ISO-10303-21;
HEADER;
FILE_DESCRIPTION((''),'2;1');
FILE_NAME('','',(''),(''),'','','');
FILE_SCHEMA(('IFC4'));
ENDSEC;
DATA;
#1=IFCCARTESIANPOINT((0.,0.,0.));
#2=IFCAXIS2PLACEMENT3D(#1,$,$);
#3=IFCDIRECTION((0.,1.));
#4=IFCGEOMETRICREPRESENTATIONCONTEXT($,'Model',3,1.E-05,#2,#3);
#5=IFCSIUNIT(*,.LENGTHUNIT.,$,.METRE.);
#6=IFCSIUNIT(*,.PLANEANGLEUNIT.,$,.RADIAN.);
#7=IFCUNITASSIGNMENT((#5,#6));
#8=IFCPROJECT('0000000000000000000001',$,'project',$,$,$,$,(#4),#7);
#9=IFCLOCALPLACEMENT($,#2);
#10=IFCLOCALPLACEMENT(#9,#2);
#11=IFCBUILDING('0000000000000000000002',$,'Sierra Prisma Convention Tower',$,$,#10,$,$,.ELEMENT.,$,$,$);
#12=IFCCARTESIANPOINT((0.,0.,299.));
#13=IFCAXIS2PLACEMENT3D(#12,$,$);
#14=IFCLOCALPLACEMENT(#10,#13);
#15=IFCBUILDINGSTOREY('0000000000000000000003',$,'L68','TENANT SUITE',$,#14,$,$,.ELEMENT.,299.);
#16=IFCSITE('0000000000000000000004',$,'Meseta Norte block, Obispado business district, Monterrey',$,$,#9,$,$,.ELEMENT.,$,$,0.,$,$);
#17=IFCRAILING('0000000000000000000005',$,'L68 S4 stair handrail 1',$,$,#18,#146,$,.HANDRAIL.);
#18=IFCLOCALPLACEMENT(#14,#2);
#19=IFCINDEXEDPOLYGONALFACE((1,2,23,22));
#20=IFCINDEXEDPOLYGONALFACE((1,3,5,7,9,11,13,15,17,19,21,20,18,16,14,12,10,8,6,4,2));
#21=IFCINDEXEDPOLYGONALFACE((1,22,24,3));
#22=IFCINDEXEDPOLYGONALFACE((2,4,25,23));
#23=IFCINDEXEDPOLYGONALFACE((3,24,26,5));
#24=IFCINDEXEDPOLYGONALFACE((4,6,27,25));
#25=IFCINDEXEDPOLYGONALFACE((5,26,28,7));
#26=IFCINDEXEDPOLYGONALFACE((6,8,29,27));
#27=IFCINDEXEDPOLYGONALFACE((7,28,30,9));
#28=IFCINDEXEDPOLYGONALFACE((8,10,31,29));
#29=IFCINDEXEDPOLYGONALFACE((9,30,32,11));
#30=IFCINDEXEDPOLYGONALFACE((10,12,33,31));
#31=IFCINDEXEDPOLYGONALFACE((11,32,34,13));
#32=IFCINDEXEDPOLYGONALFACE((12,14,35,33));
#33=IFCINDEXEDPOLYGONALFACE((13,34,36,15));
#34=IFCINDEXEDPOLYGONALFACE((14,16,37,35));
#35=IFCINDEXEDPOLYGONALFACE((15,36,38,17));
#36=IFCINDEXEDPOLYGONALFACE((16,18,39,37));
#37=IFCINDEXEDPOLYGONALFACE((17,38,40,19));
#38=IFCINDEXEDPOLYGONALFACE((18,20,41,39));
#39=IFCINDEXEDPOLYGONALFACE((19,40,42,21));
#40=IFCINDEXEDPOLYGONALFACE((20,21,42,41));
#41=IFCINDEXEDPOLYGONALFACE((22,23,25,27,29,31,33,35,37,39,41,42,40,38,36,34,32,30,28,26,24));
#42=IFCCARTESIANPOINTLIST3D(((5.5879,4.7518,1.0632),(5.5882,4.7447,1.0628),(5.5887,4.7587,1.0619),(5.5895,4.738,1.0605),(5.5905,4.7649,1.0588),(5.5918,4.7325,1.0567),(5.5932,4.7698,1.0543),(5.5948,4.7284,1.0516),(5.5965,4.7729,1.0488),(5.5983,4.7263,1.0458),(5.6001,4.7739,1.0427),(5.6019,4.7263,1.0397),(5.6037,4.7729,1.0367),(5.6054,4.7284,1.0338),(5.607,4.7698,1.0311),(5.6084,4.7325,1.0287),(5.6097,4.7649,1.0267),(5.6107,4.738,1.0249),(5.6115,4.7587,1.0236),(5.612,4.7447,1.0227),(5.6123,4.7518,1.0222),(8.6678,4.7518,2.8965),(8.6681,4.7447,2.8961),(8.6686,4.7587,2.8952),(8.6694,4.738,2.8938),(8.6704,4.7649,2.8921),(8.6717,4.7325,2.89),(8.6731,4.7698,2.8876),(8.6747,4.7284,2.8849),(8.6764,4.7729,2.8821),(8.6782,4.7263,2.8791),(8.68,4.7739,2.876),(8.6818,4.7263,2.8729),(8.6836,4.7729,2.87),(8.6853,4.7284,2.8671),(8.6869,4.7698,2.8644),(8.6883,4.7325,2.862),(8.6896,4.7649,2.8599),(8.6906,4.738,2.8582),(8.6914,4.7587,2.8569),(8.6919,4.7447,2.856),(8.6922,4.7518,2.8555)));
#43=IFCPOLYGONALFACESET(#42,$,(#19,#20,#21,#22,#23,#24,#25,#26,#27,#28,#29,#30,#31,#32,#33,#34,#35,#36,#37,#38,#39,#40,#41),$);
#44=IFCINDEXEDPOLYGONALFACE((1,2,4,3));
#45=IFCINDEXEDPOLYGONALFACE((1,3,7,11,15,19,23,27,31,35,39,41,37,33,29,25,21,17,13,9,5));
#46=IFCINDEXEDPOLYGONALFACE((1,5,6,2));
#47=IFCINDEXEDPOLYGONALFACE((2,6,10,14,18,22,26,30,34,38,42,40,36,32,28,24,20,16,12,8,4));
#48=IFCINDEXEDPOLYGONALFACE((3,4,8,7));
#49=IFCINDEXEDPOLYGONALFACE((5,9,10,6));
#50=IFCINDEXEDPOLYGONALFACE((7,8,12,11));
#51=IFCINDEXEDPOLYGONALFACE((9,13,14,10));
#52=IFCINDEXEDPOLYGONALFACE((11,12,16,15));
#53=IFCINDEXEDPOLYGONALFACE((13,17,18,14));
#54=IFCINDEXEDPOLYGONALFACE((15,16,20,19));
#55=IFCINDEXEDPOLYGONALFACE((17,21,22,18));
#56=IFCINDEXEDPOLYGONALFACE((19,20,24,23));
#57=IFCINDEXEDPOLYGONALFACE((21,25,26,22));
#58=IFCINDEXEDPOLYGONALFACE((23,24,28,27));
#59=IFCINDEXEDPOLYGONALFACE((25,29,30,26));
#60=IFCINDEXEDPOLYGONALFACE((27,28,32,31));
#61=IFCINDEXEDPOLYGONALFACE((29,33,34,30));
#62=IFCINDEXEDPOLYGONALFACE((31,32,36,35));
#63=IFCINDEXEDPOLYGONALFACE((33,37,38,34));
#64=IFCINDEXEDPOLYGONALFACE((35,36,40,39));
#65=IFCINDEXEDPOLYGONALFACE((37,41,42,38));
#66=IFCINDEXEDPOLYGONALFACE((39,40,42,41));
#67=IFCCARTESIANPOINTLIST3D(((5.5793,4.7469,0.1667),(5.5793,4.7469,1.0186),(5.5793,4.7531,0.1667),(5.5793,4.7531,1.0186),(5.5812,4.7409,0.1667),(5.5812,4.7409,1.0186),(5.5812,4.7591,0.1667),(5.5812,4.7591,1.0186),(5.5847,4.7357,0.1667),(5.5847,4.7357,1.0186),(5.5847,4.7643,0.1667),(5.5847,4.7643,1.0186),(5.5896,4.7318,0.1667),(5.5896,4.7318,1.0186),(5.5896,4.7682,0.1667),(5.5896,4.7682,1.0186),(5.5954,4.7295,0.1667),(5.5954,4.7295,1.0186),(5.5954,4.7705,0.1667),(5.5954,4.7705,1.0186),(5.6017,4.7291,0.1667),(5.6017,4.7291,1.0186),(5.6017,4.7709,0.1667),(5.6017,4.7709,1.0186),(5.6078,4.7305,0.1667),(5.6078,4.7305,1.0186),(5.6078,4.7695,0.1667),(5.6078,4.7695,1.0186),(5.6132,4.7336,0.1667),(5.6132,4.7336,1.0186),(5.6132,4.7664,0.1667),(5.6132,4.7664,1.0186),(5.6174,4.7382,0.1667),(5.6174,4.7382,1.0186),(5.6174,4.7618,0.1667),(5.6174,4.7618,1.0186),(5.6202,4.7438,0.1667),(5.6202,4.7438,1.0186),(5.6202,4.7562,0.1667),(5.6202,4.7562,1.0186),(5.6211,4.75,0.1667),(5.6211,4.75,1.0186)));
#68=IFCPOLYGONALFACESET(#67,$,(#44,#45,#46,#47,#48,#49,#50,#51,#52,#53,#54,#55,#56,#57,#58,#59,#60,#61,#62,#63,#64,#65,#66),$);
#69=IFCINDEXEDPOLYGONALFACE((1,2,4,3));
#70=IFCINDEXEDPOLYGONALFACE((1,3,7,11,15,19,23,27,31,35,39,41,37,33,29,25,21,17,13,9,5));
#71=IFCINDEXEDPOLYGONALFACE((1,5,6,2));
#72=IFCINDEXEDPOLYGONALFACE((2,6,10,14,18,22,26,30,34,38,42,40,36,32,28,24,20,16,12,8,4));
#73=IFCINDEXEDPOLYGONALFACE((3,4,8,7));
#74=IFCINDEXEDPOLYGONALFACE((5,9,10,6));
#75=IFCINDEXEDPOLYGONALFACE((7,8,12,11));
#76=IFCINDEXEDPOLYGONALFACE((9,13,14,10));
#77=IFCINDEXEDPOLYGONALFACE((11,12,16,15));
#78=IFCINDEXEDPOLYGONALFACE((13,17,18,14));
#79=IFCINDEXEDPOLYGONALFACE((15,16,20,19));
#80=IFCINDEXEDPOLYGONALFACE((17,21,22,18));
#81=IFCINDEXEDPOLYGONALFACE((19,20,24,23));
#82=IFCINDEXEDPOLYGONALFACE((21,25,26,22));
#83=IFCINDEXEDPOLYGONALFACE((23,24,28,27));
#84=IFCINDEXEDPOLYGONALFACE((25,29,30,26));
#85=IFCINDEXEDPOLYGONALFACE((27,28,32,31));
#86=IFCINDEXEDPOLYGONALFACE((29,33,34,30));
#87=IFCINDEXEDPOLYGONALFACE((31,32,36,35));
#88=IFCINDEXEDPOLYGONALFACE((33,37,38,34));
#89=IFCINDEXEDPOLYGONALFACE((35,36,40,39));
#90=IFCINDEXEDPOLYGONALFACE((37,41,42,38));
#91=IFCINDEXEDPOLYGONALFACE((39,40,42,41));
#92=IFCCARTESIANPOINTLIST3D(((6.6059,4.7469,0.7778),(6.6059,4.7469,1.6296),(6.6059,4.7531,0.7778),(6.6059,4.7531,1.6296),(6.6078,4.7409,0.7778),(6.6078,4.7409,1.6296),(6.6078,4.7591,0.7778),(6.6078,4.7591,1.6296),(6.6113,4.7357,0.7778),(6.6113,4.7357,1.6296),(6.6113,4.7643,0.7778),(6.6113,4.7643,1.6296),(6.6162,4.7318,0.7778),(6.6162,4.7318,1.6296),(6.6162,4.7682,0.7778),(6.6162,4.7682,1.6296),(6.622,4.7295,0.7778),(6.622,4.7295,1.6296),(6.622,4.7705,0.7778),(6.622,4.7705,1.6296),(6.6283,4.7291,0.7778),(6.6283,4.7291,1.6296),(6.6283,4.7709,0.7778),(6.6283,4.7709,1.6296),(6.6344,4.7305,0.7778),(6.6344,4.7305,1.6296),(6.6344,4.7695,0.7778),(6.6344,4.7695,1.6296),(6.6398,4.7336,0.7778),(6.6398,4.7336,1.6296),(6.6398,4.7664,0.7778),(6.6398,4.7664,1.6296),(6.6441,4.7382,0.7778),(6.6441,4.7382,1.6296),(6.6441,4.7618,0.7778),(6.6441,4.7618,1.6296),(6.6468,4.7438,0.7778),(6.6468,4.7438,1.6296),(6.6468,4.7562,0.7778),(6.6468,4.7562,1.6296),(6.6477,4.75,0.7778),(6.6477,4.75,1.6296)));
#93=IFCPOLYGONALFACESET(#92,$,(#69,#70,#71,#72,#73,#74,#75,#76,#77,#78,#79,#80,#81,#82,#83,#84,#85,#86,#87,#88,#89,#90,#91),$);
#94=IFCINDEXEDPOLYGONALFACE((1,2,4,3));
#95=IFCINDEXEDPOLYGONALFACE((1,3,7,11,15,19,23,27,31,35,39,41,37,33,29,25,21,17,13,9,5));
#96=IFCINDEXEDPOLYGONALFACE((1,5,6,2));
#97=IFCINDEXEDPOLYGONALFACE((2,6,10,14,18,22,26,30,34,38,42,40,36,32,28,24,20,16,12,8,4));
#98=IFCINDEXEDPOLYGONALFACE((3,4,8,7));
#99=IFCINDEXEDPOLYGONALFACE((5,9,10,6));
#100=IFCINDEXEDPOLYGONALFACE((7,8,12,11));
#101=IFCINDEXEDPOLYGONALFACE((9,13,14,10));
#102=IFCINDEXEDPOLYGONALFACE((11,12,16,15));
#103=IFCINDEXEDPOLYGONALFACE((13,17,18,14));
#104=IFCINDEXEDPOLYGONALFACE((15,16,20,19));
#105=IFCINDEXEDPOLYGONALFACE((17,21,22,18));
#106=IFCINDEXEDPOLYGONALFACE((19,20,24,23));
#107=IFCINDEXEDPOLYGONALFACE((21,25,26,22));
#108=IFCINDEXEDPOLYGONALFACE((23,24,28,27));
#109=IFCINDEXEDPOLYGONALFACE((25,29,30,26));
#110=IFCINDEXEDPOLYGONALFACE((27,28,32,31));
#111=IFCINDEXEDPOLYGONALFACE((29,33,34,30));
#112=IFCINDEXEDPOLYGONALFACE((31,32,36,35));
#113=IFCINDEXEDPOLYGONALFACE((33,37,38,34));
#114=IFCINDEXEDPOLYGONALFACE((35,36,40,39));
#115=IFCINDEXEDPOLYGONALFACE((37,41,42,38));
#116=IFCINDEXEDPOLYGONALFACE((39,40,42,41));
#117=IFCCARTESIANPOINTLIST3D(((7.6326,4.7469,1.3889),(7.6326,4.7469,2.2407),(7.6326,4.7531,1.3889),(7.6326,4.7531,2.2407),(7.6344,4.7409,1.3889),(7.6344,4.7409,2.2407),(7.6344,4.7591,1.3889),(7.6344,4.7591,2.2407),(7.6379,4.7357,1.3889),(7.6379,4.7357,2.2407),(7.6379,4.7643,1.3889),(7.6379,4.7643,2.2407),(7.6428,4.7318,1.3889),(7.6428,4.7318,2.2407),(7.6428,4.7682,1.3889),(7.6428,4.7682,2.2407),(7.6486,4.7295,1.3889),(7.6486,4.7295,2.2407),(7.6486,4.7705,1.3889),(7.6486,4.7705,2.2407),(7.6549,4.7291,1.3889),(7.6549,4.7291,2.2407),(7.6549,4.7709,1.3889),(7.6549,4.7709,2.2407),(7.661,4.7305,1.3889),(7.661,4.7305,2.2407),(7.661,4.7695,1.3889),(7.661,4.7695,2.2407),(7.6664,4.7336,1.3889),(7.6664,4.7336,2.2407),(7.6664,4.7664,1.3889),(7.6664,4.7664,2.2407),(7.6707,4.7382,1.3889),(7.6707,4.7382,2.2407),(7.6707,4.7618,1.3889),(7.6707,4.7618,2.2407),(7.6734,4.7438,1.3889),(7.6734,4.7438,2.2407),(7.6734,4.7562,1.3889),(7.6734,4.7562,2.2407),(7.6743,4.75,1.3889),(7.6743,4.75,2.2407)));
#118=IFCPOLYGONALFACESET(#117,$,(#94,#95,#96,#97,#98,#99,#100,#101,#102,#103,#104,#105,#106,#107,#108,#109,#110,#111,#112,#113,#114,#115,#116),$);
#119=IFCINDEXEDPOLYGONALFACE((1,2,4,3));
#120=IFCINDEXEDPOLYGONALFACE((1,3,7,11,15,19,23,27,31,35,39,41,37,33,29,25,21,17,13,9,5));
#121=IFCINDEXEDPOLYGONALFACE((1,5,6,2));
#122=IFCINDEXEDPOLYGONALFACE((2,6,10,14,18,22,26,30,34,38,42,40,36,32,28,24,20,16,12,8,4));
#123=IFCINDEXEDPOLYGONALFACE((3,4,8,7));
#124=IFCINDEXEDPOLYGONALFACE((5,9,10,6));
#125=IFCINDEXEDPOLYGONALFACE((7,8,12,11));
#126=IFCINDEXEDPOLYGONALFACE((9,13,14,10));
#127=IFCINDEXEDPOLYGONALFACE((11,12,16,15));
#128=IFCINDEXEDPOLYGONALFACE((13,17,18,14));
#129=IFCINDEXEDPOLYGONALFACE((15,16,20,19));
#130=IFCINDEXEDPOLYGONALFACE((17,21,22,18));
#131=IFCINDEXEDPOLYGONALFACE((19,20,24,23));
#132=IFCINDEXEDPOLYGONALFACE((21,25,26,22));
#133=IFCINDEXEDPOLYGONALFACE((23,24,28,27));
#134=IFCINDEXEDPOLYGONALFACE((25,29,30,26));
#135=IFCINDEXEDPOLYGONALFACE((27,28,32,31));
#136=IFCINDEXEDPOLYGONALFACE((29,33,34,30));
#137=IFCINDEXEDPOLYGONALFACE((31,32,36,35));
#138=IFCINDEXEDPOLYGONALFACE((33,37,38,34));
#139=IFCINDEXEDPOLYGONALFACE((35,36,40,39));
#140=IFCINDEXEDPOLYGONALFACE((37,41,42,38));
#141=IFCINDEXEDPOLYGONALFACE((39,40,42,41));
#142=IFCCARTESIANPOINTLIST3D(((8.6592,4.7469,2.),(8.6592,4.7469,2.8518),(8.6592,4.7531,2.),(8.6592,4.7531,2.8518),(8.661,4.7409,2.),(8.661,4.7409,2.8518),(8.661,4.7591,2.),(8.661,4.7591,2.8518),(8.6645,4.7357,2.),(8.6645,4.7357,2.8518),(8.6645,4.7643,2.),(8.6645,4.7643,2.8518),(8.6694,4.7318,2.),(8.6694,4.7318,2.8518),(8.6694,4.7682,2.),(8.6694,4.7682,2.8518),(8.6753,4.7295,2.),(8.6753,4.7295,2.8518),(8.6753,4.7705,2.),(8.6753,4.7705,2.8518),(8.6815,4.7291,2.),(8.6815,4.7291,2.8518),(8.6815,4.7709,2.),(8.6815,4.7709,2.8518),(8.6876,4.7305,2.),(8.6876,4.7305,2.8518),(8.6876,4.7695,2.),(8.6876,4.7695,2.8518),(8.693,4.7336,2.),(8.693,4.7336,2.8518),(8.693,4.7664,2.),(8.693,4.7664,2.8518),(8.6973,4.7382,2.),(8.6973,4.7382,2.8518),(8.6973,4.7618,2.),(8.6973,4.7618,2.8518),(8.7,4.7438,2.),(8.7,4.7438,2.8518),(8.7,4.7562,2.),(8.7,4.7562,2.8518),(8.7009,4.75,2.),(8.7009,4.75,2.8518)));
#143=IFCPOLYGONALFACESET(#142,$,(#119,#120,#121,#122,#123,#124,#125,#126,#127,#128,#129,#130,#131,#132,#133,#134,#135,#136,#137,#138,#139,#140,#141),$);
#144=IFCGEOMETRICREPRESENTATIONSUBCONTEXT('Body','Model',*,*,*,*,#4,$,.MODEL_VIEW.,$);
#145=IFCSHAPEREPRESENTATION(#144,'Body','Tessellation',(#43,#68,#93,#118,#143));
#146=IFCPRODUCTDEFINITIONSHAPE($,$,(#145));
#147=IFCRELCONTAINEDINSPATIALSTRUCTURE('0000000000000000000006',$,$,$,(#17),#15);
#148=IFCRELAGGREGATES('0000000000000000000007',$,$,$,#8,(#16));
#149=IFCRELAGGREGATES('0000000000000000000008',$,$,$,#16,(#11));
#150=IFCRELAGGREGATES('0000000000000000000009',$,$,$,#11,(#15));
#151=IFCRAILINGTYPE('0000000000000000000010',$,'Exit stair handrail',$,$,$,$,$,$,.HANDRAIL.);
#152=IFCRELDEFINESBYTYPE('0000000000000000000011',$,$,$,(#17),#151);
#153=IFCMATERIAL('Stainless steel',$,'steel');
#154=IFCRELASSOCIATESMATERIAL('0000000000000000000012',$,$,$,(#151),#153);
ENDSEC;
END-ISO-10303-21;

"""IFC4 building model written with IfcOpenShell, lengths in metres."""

from ifc_helpers import new_model, si_unit, direction, frame, origin, origin_2d, place, context, subcontext, project, spatial, circle, extrude, material, type_object, element, save


model = new_model("IFC4")

# Units and contexts
model_context = context("Model", 3, precision=1e-05, world=origin(), true_north=direction((0.0, 1.0)))
body_context = subcontext(model_context, "Body", "Model", "MODEL_VIEW")
ifc_project = project(units=[si_unit("LENGTHUNIT", "METRE"), si_unit("PLANEANGLEUNIT", "RADIAN")], contexts=[model_context])

# Site, building, storey
site_placement = place(None, origin())
site = spatial("IfcSite", under=ifc_project, at=site_placement, Name="Meseta Norte block, Obispado business district, Monterrey", CompositionType="ELEMENT", RefElevation=0.0)
building_placement = place(site_placement, origin())
building = spatial("IfcBuilding", under=site, at=building_placement, Name="Sierra Prisma Convention Tower", CompositionType="ELEMENT")
storey_placement = place(building_placement, frame((0.0, 0.0, 299.0)))
storey = spatial("IfcBuildingStorey", under=building, at=storey_placement, Name="L68", Description="TENANT SUITE", CompositionType="ELEMENT", Elevation=299.0)

# Railing
ifc_material_1 = material(Name="Stainless steel", Category="steel")
railing_type_1 = type_object("IfcRailingType", Name="Exit stair handrail", PredefinedType="HANDRAIL", material=ifc_material_1)
railing_1_placement = place(storey_placement, frame((5.6001, 4.75, 0.1667)))
element("IfcRailing", 1, at=railing_1_placement, inside=storey, type_object=railing_type_1, Name="L68 S4 stair handrail 1", PredefinedType="HANDRAIL", context=body_context, shape_type="SweptSolid", body=[
    extrude(circle(Radius=0.0239, at=origin_2d()), frame((0.0, 0.0, 0.876), z_axis=(0.859291, 0.0, 0.511487), x_axis=(0.0, 1.0, 0.0)), (0.0, 0.0, 1.0), 3.5842),
    extrude(circle(Radius=0.021, at=origin_2d()), origin(), (0.0, 0.0, 1.0), 0.8518),
    extrude(circle(Radius=0.021, at=origin_2d()), frame((1.0266, 0.0, 0.6111)), (0.0, 0.0, 1.0), 0.8518),
    extrude(circle(Radius=0.021, at=origin_2d()), frame((2.0532, 0.0, 1.2222)), (0.0, 0.0, 1.0), 0.8518),
    extrude(circle(Radius=0.021, at=origin_2d()), frame((3.0798, 0.0, 1.8333)), (0.0, 0.0, 1.0), 0.8518),
])

save(model, "model.ifc")
